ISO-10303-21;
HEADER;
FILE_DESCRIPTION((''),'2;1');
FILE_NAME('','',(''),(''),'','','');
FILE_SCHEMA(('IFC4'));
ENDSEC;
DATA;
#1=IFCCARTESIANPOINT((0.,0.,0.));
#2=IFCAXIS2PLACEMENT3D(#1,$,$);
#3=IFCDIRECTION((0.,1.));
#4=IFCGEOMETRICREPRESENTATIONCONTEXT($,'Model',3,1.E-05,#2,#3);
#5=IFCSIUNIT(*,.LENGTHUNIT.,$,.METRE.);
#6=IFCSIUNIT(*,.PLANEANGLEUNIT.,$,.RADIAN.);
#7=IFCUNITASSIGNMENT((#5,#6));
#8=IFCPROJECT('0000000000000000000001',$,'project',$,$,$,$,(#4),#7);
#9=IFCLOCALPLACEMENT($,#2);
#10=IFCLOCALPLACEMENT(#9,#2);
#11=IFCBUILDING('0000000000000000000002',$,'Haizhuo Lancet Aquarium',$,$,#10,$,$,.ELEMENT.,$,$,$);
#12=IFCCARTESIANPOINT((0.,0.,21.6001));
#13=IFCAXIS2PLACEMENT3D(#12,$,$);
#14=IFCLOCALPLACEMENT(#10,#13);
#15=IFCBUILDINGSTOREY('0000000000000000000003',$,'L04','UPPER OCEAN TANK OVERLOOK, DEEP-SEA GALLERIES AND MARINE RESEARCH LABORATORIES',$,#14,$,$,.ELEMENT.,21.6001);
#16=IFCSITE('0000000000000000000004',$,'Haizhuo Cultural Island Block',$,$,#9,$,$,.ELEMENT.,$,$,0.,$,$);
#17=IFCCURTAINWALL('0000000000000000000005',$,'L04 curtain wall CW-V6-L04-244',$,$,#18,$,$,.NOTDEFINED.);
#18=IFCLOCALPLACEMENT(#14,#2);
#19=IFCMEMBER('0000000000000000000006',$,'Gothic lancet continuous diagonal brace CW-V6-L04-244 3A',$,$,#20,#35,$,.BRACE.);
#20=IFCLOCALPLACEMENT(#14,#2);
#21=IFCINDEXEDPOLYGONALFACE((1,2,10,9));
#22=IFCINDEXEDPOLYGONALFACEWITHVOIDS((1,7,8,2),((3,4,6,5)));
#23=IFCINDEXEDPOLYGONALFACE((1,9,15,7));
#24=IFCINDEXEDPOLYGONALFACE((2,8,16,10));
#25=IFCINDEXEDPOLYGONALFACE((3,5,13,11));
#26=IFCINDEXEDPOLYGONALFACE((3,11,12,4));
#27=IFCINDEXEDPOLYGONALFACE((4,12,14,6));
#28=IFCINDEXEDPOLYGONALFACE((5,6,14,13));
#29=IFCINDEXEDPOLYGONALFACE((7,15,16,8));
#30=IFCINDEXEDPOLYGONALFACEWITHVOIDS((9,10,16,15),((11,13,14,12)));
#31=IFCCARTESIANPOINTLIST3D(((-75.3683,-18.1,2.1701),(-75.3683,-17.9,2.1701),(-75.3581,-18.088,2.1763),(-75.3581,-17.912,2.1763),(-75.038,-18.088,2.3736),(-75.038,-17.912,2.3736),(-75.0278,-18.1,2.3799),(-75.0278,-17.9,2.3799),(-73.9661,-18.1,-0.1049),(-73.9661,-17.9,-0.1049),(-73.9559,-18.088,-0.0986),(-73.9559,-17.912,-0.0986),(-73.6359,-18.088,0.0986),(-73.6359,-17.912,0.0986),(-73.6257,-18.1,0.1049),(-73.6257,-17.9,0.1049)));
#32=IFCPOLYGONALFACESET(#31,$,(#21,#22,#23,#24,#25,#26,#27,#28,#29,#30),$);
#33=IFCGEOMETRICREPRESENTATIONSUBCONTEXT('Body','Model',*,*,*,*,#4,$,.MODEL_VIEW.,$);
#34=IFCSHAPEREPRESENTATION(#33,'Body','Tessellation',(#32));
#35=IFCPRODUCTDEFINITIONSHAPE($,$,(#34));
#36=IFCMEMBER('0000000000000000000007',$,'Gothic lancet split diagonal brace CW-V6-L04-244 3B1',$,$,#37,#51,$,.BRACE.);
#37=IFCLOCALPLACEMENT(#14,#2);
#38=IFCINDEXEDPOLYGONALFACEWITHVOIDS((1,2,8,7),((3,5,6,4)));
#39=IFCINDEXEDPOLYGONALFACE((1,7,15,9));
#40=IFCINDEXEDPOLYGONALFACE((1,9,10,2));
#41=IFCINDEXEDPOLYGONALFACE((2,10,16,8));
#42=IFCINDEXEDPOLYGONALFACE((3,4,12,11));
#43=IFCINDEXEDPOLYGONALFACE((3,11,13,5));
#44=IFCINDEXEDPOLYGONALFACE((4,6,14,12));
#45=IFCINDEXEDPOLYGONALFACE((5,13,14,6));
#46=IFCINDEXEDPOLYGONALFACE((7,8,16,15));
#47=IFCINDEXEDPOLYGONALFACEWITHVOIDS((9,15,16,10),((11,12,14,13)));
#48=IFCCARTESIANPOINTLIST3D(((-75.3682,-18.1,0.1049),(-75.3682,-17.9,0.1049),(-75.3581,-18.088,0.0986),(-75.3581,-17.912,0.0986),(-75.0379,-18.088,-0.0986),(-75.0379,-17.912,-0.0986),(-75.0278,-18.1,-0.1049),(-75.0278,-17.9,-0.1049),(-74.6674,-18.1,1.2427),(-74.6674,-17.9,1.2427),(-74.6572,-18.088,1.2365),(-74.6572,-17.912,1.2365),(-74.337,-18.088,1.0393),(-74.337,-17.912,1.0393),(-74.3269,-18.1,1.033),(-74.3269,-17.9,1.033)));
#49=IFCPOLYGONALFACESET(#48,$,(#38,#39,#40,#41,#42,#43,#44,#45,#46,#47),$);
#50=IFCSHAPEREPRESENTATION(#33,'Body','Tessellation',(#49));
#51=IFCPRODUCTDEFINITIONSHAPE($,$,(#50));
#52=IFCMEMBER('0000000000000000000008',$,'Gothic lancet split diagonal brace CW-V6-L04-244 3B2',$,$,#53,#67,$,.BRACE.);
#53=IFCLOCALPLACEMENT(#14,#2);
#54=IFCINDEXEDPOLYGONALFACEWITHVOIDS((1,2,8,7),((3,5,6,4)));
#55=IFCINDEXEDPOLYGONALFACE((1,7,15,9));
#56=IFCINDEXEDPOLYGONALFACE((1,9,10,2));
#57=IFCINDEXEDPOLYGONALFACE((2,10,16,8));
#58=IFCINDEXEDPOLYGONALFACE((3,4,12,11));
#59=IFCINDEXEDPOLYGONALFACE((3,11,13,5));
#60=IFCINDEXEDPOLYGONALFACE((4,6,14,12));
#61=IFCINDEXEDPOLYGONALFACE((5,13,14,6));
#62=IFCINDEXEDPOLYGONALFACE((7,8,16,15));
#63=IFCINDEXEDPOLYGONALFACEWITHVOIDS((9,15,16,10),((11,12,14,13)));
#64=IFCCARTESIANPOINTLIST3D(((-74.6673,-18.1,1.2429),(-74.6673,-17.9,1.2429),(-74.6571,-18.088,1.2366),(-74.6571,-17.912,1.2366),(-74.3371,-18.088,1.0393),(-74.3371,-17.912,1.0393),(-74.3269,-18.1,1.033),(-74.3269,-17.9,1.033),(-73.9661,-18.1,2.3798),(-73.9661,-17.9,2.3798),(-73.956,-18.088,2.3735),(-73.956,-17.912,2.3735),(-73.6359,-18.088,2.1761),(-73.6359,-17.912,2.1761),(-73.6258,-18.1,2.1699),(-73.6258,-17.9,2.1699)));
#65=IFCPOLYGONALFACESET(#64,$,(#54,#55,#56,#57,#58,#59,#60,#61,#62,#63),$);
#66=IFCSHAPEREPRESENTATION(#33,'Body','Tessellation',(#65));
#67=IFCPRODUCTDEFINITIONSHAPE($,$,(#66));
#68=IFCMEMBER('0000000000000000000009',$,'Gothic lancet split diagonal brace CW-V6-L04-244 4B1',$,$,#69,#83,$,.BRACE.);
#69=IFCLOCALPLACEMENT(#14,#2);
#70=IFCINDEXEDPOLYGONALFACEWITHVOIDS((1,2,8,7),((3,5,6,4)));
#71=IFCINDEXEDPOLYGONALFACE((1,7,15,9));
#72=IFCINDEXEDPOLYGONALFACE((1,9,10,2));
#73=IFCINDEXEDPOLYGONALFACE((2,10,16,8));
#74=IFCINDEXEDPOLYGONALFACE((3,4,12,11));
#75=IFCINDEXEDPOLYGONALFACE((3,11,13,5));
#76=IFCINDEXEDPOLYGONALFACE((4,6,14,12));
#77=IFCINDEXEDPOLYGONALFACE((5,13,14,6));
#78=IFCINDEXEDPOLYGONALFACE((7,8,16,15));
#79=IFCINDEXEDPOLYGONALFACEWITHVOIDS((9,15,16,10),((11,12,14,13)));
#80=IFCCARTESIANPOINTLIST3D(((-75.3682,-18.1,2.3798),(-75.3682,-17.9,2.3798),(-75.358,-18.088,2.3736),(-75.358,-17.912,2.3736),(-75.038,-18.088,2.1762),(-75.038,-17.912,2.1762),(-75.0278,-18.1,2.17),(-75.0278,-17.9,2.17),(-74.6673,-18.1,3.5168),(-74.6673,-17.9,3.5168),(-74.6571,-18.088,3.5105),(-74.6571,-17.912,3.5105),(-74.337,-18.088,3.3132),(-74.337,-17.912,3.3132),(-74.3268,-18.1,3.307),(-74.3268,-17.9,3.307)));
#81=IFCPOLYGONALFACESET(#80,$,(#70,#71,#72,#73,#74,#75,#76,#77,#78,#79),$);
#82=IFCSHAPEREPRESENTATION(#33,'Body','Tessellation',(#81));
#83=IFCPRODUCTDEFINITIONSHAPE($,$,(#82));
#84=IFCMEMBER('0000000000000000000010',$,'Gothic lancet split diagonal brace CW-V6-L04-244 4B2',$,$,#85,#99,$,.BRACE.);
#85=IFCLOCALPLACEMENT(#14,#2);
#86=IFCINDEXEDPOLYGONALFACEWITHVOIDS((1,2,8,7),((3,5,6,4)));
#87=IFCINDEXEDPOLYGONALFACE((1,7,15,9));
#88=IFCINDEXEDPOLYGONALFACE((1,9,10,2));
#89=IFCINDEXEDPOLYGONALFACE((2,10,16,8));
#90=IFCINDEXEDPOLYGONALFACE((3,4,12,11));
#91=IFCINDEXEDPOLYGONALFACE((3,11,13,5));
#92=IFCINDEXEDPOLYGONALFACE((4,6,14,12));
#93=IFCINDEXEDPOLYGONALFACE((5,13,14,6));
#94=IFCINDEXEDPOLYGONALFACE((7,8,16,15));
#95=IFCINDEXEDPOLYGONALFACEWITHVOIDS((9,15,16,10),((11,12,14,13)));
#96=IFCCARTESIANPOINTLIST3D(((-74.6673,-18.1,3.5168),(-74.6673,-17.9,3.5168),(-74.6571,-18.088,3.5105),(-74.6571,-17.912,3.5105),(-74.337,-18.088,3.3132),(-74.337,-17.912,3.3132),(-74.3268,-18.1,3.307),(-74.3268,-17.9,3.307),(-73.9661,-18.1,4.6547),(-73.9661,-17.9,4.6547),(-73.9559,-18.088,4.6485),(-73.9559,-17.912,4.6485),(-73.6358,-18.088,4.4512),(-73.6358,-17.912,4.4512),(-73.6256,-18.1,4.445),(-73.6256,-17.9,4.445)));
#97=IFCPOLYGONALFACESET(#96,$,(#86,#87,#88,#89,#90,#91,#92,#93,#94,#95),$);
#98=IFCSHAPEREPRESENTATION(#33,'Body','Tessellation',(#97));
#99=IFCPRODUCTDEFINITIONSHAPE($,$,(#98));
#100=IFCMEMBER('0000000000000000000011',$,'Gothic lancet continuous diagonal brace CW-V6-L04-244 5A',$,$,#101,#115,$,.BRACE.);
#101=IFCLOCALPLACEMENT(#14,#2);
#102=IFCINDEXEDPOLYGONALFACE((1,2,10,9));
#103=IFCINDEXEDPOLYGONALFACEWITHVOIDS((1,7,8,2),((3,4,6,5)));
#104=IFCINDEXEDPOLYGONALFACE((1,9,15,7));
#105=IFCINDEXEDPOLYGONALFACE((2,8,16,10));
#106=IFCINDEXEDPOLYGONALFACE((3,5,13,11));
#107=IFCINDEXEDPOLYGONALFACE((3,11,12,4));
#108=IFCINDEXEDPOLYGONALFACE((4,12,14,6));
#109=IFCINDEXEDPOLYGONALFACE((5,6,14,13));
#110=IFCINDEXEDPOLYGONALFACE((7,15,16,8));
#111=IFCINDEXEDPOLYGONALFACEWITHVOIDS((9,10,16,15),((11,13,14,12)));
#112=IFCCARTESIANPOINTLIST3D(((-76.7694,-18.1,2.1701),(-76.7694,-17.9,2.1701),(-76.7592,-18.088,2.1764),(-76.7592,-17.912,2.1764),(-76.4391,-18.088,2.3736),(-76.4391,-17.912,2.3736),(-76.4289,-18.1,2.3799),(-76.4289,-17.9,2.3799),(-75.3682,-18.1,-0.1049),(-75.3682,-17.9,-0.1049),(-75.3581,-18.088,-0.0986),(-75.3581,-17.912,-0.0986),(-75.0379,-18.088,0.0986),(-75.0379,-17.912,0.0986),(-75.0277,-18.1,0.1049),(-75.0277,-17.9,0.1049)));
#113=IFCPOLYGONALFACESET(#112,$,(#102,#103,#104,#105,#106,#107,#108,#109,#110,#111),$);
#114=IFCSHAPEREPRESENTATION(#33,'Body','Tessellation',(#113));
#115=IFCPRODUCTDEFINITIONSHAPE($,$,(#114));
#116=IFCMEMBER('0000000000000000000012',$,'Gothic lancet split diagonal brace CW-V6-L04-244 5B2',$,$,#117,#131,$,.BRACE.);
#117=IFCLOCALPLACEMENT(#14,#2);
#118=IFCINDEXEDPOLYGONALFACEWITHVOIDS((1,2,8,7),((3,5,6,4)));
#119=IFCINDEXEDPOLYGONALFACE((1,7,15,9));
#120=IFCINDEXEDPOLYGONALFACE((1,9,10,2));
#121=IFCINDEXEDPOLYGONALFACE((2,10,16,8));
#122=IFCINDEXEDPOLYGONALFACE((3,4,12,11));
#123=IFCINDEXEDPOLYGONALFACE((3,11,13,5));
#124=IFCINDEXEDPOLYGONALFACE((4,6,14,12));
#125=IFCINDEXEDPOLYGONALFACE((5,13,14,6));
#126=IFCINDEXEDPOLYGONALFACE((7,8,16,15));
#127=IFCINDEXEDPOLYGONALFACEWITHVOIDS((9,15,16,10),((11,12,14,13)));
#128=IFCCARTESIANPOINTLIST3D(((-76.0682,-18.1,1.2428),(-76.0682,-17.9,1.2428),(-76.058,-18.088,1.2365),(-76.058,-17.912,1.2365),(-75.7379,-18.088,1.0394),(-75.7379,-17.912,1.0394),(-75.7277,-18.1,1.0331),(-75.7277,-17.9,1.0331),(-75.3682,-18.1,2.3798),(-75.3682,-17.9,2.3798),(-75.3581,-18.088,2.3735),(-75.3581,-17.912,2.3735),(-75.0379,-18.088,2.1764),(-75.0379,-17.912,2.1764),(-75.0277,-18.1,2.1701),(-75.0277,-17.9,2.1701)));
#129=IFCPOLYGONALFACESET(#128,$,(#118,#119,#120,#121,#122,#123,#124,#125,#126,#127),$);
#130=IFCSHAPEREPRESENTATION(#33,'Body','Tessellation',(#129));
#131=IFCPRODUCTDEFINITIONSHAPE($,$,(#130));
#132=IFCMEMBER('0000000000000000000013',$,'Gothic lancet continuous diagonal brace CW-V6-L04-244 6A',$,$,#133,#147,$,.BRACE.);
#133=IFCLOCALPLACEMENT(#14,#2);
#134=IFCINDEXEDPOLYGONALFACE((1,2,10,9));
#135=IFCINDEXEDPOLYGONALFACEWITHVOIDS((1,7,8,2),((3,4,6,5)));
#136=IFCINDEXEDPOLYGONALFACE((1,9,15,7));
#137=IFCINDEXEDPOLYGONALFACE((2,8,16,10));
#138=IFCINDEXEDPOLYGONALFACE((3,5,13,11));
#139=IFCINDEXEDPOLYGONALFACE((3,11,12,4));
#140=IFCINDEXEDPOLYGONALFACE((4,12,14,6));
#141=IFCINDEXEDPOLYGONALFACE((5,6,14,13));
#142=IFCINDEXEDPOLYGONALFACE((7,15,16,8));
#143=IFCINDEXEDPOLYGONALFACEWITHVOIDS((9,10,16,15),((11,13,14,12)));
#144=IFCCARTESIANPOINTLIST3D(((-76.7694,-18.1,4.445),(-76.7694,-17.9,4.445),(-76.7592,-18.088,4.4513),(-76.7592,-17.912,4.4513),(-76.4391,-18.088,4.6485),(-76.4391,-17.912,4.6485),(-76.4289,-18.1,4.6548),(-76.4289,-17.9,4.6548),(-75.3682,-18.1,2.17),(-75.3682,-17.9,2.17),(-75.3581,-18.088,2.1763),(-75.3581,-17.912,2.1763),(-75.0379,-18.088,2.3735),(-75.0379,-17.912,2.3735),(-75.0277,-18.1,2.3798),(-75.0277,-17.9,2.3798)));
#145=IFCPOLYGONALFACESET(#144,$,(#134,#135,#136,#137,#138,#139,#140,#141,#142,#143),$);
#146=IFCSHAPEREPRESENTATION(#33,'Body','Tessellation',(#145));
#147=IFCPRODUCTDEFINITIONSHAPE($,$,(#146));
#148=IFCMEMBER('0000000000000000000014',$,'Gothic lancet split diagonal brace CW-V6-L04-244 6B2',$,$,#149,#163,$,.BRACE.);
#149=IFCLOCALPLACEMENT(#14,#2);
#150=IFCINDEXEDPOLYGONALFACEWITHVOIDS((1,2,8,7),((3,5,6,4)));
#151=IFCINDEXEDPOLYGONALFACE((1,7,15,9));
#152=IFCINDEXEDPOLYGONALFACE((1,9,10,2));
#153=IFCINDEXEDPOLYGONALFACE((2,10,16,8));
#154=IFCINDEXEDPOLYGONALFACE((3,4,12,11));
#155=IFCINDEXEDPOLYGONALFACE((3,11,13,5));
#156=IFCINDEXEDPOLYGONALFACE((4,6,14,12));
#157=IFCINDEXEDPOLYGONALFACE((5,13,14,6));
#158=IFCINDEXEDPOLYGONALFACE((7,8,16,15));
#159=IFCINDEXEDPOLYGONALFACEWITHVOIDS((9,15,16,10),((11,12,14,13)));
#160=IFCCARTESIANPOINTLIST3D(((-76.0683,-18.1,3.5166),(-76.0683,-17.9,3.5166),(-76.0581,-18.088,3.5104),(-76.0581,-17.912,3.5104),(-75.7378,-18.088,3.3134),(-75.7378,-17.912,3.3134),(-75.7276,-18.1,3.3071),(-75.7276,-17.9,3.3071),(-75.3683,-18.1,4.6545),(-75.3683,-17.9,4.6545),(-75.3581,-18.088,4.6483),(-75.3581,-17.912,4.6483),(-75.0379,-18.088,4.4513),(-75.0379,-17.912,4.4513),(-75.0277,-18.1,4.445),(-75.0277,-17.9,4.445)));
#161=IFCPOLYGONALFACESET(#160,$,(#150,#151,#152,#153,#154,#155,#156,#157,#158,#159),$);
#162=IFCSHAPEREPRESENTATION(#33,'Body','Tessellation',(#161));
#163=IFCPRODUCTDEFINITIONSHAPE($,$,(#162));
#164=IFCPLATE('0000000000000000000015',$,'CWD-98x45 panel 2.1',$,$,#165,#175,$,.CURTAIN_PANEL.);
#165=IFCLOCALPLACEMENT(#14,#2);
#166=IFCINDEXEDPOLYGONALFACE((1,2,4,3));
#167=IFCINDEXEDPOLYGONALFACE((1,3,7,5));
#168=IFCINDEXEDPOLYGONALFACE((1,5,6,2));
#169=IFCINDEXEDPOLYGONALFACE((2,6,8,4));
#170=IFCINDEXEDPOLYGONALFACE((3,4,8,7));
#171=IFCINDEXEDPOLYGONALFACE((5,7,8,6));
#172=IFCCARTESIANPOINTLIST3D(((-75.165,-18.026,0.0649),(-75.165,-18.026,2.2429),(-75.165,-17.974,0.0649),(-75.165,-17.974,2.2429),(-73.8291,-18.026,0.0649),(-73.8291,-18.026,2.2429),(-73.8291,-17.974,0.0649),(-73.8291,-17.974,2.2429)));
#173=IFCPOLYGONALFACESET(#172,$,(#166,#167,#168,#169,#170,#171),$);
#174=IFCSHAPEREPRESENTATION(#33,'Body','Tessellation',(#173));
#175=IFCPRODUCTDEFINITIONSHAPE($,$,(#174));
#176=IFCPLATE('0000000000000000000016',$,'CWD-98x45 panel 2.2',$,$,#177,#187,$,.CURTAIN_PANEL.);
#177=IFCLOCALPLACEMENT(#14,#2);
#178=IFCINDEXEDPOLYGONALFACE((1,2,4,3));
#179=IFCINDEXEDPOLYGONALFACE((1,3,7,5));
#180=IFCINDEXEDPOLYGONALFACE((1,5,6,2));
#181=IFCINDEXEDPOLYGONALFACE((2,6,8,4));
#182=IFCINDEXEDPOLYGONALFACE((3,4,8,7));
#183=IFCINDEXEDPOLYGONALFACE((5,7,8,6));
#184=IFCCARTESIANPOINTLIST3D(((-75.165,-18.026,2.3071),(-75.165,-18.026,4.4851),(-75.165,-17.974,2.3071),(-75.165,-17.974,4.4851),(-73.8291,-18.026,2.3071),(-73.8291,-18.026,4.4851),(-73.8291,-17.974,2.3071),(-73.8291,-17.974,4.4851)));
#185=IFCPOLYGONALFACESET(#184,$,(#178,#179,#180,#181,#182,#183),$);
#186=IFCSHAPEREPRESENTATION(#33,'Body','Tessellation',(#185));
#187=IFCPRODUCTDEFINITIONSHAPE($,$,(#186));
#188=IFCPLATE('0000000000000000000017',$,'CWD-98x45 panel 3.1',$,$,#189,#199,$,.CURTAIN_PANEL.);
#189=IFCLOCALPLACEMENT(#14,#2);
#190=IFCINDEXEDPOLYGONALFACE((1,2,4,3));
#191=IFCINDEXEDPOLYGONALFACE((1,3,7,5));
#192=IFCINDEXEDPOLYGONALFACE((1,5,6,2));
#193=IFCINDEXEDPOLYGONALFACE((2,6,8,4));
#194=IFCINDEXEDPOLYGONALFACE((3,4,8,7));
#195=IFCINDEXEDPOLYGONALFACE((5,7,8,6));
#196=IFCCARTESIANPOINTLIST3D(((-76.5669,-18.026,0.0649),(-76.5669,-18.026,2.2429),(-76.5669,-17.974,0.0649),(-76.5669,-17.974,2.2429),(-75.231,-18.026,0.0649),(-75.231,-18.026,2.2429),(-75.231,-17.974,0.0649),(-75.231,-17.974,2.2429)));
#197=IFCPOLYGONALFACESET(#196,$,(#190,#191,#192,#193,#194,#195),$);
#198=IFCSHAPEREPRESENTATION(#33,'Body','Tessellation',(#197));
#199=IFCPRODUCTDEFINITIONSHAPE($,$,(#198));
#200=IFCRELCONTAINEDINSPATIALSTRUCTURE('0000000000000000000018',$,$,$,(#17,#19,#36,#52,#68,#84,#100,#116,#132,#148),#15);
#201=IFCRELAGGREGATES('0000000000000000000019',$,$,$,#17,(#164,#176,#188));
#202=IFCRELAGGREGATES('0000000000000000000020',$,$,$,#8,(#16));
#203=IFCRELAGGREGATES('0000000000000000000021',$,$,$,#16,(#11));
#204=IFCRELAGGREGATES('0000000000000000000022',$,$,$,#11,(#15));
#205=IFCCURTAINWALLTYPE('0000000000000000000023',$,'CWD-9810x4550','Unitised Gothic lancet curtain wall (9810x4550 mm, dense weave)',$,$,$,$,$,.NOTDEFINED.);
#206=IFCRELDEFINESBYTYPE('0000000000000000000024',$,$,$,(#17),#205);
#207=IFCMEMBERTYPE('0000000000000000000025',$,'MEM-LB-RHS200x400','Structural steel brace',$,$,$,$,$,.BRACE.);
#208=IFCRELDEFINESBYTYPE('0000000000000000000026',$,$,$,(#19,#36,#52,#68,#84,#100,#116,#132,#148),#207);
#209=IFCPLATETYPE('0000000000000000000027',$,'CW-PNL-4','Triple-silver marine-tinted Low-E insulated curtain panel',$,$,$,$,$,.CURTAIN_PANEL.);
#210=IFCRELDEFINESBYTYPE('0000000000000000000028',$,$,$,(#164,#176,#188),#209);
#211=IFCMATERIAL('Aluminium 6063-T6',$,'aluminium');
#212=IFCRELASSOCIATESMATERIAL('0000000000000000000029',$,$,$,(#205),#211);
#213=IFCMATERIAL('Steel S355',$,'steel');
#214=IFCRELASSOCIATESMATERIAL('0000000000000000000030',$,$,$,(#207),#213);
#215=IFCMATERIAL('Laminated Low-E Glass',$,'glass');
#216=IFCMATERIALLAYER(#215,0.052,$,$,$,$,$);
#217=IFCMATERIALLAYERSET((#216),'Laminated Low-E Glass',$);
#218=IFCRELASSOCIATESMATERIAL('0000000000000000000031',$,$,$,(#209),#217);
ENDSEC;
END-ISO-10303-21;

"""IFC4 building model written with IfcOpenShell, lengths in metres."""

from ifc_helpers import new_model, si_unit, direction, frame, origin, origin_2d, place, context, subcontext, project, spatial, rectangle, hollow_rectangle, extrude, material, layer, layer_set, material_profile, profile_set, type_object, element, aggregate, save


model = new_model("IFC4")

# Units and contexts
model_context = context("Model", 3, precision=1e-05, world=origin(), true_north=direction((0.0, 1.0)))
body_context = subcontext(model_context, "Body", "Model", "MODEL_VIEW")
ifc_project = project(units=[si_unit("LENGTHUNIT", "METRE"), si_unit("PLANEANGLEUNIT", "RADIAN")], contexts=[model_context])

# Site, building, storey
site_placement = place(None, origin())
site = spatial("IfcSite", under=ifc_project, at=site_placement, Name="Haizhuo Cultural Island Block", CompositionType="ELEMENT", RefElevation=0.0)
building_placement = place(site_placement, origin())
building = spatial("IfcBuilding", under=site, at=building_placement, Name="Haizhuo Lancet Aquarium", CompositionType="ELEMENT")
storey_placement = place(building_placement, frame((0.0, 0.0, 21.6001)))
storey = spatial("IfcBuildingStorey", under=building, at=storey_placement, Name="L04", Description="UPPER OCEAN TANK OVERLOOK, DEEP-SEA GALLERIES AND MARINE RESEARCH LABORATORIES", CompositionType="ELEMENT", Elevation=21.6001)

# Curtain wall
ifc_material_1 = material(Name="Aluminium 6063-T6", Category="aluminium")
curtain_wall_type = type_object("IfcCurtainWallType", Name="CWD-9810x4550", Description="Unitised Gothic lancet curtain wall (9810x4550 mm, dense weave)", PredefinedType="NOTDEFINED", material=ifc_material_1)
curtain_wall_placement = place(storey_placement, origin())
curtain_wall = element("IfcCurtainWall", 1, at=curtain_wall_placement, inside=storey, type_object=curtain_wall_type, Name="L04 curtain wall CW-V6-L04-244", PredefinedType="NOTDEFINED")

# Members
ifc_material_2 = material(Name="Steel S355", Category="steel")
ifc_material_profile_1 = material_profile(ifc_material_2, hollow_rectangle(XDim=0.2, YDim=0.3999, WallThickness=0.012, at=origin_2d()), Name="RHS 200x400x12")
ifc_profile_set_1 = profile_set([ifc_material_profile_1], Name="Steel S355")
member_type_1 = type_object("IfcMemberType", Name="MEM-LB-RHS200x400", Description="Structural steel brace", PredefinedType="BRACE", material=ifc_profile_set_1)
member_1_placement = place(storey_placement, frame((-73.7959, -18.0, 0.0), z_axis=(-0.524683, 0.0, 0.851297), x_axis=(0.0, -1.0, 0.0)))
element("IfcMember", 2, at=member_1_placement, inside=storey, type_object=member_type_1, Name="Gothic lancet continuous diagonal brace CW-V6-L04-244 3A", PredefinedType="BRACE", context=body_context, shape_type="SweptSolid", body=[
    extrude(hollow_rectangle(XDim=0.2, YDim=0.3999, WallThickness=0.012, at=origin_2d()), origin(), (0.0, 0.0, 1.0), 2.6724),
])
member_2_placement = place(storey_placement, frame((-75.198, -18.0, 0.0), z_axis=(0.524454, 0.0, 0.851439), x_axis=(0.0, 1.0, 0.0)))
element("IfcMember", 3, at=member_2_placement, inside=storey, type_object=member_type_1, Name="Gothic lancet split diagonal brace CW-V6-L04-244 3B1", PredefinedType="BRACE", context=body_context, shape_type="SweptSolid", body=[
    extrude(hollow_rectangle(XDim=0.2, YDim=0.3999, WallThickness=0.012, at=origin_2d()), origin(), (0.0, 0.0, 1.0), 1.3364),
])
for number, where, z_axis, x_axis, name in (
    (4, (-74.4971, -18.0, 1.1379), (0.524913, 0.0, 0.851156), (0.0, 1.0, 0.0), "Gothic lancet split diagonal brace CW-V6-L04-244 3B2"),
    (5, (-75.198, -18.0, 2.2749), (0.524781, 0.0, 0.851238), (0.0, 1.0, 0.0), "Gothic lancet split diagonal brace CW-V6-L04-244 4B1"),
):
    element("IfcMember", number, at=place(storey_placement, frame(where, z_axis=z_axis, x_axis=x_axis)), inside=storey, type_object=member_type_1, Name=name, PredefinedType="BRACE", context=body_context, shape_type="SweptSolid", body=[
        extrude(hollow_rectangle(XDim=0.2, YDim=0.3999, WallThickness=0.012, at=origin_2d()), origin(), (0.0, 0.0, 1.0), 1.3357),
    ])
member_3_placement = place(storey_placement, frame((-74.4971, -18.0, 3.4119), z_axis=(0.524587, 0.0, 0.851357), x_axis=(0.0, 1.0, 0.0)))
element("IfcMember", 6, at=member_3_placement, inside=storey, type_object=member_type_1, Name="Gothic lancet split diagonal brace CW-V6-L04-244 4B2", PredefinedType="BRACE", context=body_context, shape_type="SweptSolid", body=[
    extrude(hollow_rectangle(XDim=0.2, YDim=0.3999, WallThickness=0.012, at=origin_2d()), origin(), (0.0, 0.0, 1.0), 1.3367),
])
member_4_placement = place(storey_placement, frame((-75.198, -18.0, 0.0), z_axis=(-0.524419, 0.0, 0.851461), x_axis=(0.0, -1.0, 0.0)))
element("IfcMember", 7, at=member_4_placement, inside=storey, type_object=member_type_1, Name="Gothic lancet continuous diagonal brace CW-V6-L04-244 5A", PredefinedType="BRACE", context=body_context, shape_type="SweptSolid", body=[
    extrude(hollow_rectangle(XDim=0.2, YDim=0.3999, WallThickness=0.012, at=origin_2d()), origin(), (0.0, 0.0, 1.0), 2.6719),
])
member_5_placement = place(storey_placement, frame((-75.8979, -18.0, 1.1379), z_axis=(0.52425, 0.0, 0.851564), x_axis=(0.0, 1.0, 0.0)))
element("IfcMember", 8, at=member_5_placement, inside=storey, type_object=member_type_1, Name="Gothic lancet split diagonal brace CW-V6-L04-244 5B2", PredefinedType="BRACE", context=body_context, shape_type="SweptSolid", body=[
    extrude(hollow_rectangle(XDim=0.2, YDim=0.3999, WallThickness=0.012, at=origin_2d()), origin(), (0.0, 0.0, 1.0), 1.3352),
])
member_6_placement = place(storey_placement, frame((-75.198, -18.0, 2.2749), z_axis=(-0.524419, 0.0, 0.851461), x_axis=(0.0, -1.0, 0.0)))
element("IfcMember", 9, at=member_6_placement, inside=storey, type_object=member_type_1, Name="Gothic lancet continuous diagonal brace CW-V6-L04-244 6A", PredefinedType="BRACE", context=body_context, shape_type="SweptSolid", body=[
    extrude(hollow_rectangle(XDim=0.2, YDim=0.3999, WallThickness=0.012, at=origin_2d()), origin(), (0.0, 0.0, 1.0), 2.6719),
])
member_7_placement = place(storey_placement, frame((-75.8979, -18.0, 3.4119), z_axis=(0.523924, 0.0, 0.851765), x_axis=(0.0, 1.0, 0.0)))
element("IfcMember", 10, at=member_7_placement, inside=storey, type_object=member_type_1, Name="Gothic lancet split diagonal brace CW-V6-L04-244 6B2", PredefinedType="BRACE", context=body_context, shape_type="SweptSolid", body=[
    extrude(hollow_rectangle(XDim=0.2, YDim=0.3999, WallThickness=0.012, at=origin_2d()), origin(), (0.0, 0.0, 1.0), 1.3359),
])

# Plates
ifc_material_3 = material(Name="Laminated Low-E Glass", Category="glass")
ifc_layer = layer(ifc_material_3, 0.052)
ifc_layer_set = layer_set([ifc_layer], Name="Laminated Low-E Glass")
plate_type = type_object("IfcPlateType", Name="CW-PNL-4", Description="Triple-silver marine-tinted Low-E insulated curtain panel", PredefinedType="CURTAIN_PANEL", material=ifc_layer_set)
plate_1_placement = place(storey_placement, frame((-74.4971, -18.0, 0.0649), z_axis=(0.0, 0.0, 1.0), x_axis=(-1.0, 0.0, 0.0)))
plate_1 = element("IfcPlate", 11, at=plate_1_placement, type_object=plate_type, Name="CWD-98x45 panel 2.1", PredefinedType="CURTAIN_PANEL", context=body_context, shape_type="SweptSolid", body=[
    extrude(rectangle(XDim=1.3359, YDim=0.052, at=origin_2d()), origin(), (0.0, 0.0, 1.0), 2.178),
])
plate_2_placement = place(storey_placement, frame((-74.4971, -18.0, 2.3071), z_axis=(0.0, 0.0, 1.0), x_axis=(-1.0, 0.0, 0.0)))
plate_2 = element("IfcPlate", 12, at=plate_2_placement, type_object=plate_type, Name="CWD-98x45 panel 2.2", PredefinedType="CURTAIN_PANEL", context=body_context, shape_type="SweptSolid", body=[
    extrude(rectangle(XDim=1.3359, YDim=0.052, at=origin_2d()), origin(), (0.0, 0.0, 1.0), 2.178),
])
plate_3_placement = place(storey_placement, frame((-75.8989, -18.0, 0.0649), z_axis=(0.0, 0.0, 1.0), x_axis=(-1.0, 0.0, 0.0)))
plate_3 = element("IfcPlate", 13, at=plate_3_placement, type_object=plate_type, Name="CWD-98x45 panel 3.1", PredefinedType="CURTAIN_PANEL", context=body_context, shape_type="SweptSolid", body=[
    extrude(rectangle(XDim=1.3359, YDim=0.052, at=origin_2d()), origin(), (0.0, 0.0, 1.0), 2.178),
])
aggregate(curtain_wall, [plate_1, plate_2, plate_3])

save(model, "model.ifc")
